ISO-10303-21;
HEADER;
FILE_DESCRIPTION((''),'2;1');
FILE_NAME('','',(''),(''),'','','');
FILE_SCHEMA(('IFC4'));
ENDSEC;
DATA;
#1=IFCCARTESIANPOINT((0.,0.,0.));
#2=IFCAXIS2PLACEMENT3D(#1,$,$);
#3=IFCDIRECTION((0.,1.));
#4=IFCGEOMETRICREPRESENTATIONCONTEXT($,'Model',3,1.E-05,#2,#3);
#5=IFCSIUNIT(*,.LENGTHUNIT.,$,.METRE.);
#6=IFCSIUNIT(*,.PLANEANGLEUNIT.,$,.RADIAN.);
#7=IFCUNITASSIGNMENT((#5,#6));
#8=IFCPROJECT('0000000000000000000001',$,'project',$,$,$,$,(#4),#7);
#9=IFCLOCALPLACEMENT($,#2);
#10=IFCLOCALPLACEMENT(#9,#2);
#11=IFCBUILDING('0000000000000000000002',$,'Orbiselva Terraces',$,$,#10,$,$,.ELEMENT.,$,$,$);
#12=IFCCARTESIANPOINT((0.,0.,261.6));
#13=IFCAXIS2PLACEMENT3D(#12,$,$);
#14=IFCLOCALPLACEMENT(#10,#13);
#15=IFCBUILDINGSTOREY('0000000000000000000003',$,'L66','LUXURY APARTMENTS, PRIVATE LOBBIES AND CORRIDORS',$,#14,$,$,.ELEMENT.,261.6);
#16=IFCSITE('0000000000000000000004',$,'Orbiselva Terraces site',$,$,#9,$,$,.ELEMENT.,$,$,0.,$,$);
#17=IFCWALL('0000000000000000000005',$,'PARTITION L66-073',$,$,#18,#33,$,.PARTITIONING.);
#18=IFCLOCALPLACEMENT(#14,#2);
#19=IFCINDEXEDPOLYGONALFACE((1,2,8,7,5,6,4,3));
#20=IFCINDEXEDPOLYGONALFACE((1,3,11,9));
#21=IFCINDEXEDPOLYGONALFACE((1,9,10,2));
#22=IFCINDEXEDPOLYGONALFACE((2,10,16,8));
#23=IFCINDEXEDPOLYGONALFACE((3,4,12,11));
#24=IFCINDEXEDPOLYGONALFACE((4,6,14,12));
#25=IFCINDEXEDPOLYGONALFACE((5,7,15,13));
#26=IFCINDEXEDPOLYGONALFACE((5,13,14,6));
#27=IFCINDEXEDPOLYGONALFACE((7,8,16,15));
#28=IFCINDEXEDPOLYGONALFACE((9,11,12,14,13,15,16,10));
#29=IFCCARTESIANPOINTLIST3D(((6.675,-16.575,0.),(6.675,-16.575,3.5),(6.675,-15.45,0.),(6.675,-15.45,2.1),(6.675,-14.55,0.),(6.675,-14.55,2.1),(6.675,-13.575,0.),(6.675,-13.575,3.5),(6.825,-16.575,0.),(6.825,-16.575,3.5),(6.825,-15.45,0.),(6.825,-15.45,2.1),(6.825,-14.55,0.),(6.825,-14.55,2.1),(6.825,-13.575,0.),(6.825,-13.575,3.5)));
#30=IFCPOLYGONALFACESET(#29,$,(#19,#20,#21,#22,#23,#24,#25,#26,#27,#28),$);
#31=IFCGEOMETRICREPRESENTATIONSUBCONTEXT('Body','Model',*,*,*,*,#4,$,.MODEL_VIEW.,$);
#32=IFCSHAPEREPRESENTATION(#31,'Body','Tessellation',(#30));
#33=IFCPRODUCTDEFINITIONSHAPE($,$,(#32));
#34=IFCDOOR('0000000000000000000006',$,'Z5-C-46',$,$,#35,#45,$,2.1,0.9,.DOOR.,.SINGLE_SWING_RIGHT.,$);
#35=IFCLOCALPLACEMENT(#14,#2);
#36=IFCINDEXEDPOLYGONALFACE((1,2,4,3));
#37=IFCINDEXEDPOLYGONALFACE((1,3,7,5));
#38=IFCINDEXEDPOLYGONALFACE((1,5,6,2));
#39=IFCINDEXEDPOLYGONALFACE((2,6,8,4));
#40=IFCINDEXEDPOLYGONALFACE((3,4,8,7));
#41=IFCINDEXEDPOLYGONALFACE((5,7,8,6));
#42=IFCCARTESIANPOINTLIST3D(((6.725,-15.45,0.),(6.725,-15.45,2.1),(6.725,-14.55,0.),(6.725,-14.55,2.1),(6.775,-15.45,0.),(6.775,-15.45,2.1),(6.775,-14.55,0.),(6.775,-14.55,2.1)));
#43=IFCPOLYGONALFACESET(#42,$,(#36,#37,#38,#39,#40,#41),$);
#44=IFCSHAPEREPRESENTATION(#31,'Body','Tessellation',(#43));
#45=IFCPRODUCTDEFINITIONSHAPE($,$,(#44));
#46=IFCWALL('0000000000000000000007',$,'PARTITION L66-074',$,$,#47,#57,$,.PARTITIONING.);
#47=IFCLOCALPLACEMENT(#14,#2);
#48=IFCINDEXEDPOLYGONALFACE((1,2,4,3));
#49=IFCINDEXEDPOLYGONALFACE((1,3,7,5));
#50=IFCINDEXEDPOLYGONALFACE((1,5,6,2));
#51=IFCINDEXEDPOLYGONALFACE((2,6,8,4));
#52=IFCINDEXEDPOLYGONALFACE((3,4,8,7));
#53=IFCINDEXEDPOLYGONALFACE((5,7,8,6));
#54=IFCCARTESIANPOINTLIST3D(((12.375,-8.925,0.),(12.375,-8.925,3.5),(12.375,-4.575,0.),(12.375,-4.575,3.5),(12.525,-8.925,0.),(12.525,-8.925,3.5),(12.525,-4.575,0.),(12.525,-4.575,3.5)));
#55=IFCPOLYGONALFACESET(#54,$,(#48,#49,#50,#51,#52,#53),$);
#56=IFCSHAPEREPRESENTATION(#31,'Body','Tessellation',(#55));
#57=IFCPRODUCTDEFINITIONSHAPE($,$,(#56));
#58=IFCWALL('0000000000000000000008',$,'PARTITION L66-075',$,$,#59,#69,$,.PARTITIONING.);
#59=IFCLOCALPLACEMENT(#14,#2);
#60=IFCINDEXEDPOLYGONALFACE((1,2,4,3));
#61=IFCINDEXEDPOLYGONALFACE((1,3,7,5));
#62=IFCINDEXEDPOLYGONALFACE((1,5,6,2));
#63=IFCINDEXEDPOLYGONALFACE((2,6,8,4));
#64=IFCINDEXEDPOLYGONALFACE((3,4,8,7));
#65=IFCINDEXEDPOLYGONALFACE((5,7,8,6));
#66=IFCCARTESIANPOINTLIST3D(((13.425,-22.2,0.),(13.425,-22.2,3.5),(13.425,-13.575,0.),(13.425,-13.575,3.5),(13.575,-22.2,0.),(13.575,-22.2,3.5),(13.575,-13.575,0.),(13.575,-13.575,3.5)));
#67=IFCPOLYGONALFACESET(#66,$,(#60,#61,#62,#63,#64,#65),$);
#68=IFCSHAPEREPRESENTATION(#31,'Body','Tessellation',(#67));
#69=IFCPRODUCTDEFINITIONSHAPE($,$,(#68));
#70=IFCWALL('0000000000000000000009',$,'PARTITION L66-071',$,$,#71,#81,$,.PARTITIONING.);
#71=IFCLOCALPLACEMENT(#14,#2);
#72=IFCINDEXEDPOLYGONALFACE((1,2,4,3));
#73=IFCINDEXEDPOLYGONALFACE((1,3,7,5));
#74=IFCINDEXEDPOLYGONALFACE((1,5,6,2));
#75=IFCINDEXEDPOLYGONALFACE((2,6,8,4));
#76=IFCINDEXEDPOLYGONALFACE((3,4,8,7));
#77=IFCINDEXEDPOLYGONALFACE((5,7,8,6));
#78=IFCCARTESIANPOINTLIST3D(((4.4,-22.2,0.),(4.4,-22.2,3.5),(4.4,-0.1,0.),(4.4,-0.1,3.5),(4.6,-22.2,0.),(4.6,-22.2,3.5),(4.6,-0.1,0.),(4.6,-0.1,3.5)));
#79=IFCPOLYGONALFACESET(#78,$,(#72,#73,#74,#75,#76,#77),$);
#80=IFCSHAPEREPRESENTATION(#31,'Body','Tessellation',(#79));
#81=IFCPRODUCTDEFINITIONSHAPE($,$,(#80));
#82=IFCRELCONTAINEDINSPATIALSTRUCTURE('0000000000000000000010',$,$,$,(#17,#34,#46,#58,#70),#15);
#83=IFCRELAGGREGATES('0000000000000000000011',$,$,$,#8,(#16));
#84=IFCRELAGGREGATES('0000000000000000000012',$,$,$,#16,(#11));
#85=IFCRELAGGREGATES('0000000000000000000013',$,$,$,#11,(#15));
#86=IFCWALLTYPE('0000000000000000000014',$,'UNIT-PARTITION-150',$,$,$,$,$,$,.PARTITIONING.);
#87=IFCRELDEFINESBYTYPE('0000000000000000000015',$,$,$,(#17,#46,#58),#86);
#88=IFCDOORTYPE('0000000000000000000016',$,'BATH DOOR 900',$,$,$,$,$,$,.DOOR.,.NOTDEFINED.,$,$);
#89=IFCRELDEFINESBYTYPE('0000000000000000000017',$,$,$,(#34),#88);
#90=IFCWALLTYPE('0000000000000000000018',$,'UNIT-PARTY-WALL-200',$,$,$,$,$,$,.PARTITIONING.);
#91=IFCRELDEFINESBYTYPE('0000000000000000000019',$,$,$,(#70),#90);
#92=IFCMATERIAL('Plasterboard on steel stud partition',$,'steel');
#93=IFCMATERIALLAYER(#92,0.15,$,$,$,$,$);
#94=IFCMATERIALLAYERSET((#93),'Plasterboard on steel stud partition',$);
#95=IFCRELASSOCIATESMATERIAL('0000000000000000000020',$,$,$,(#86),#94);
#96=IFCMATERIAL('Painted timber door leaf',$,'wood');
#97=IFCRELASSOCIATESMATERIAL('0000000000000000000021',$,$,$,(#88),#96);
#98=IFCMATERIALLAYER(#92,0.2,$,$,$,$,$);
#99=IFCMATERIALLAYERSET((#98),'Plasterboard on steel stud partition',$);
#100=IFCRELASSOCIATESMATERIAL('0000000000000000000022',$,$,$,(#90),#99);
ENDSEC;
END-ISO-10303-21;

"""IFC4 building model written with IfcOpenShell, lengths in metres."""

from ifc_helpers import new_model, si_unit, direction, frame, frame_2d, origin, place, context, subcontext, project, spatial, rectangle, extrude, material, layer, layer_set, type_object, element, fill, save


model = new_model("IFC4")

# Units and contexts
model_context = context("Model", 3, precision=1e-05, world=origin(), true_north=direction((0.0, 1.0)))
body_context = subcontext(model_context, "Body", "Model", "MODEL_VIEW")
ifc_project = project(units=[si_unit("LENGTHUNIT", "METRE"), si_unit("PLANEANGLEUNIT", "RADIAN")], contexts=[model_context])

# Site, building, storey
site_placement = place(None, origin())
site = spatial("IfcSite", under=ifc_project, at=site_placement, Name="Orbiselva Terraces site", CompositionType="ELEMENT", RefElevation=0.0)
building_placement = place(site_placement, origin())
building = spatial("IfcBuilding", under=site, at=building_placement, Name="Orbiselva Terraces", CompositionType="ELEMENT")
storey_placement = place(building_placement, frame((0.0, 0.0, 261.6)))
storey = spatial("IfcBuildingStorey", under=building, at=storey_placement, Name="L66", Description="LUXURY APARTMENTS, PRIVATE LOBBIES AND CORRIDORS", CompositionType="ELEMENT", Elevation=261.6)

# Shared definitions
ifc_material_1 = material(Name="Plasterboard on steel stud partition", Category="steel")
ifc_layer_1 = layer(ifc_material_1, 0.15)
ifc_layer_set_1 = layer_set([ifc_layer_1], Name="Plasterboard on steel stud partition")
wall_type_1 = type_object("IfcWallType", Name="UNIT-PARTITION-150", PredefinedType="PARTITIONING", material=ifc_layer_set_1)
ifc_material_2 = material(Name="Painted timber door leaf", Category="wood")
door_type_1 = type_object("IfcDoorType", Name="BATH DOOR 900", OperationType="NOTDEFINED", PredefinedType="DOOR", material=ifc_material_2)

# Wall, opening, door
wall_1_placement = place(storey_placement, frame((6.75, -16.575, 0.0), z_axis=(0.0, 0.0, 1.0), x_axis=(0.0, 1.0, 0.0)))
wall_1 = element("IfcWall", 1, at=wall_1_placement, inside=storey, type_object=wall_type_1, Name="PARTITION L66-073", PredefinedType="PARTITIONING", context=body_context, shape_type="SweptSolid", body=[
    extrude(rectangle(XDim=3.0, YDim=0.15, at=frame_2d((1.5, 0.0))), origin(), (0.0, 0.0, 1.0), 3.5),
])
opening_1_placement = place(wall_1_placement, frame((1.125, 0.0, 0.0)))
opening_1 = element("IfcOpeningElement", 2, at=opening_1_placement, cuts=wall_1, PredefinedType="OPENING", context=body_context, shape_type="SweptSolid", body=[
    extrude(rectangle(XDim=0.9, YDim=2.1, at=frame_2d((0.45, 1.05))), frame((0.0, 0.085, 0.0), z_axis=(0.0, -1.0, 0.0), x_axis=(1.0, 0.0, 0.0)), (0.0, 0.0, 1.0), 0.17),
])
door_1_placement = place(opening_1_placement, origin())
door_1 = element("IfcDoor", 3, at=door_1_placement, inside=storey, type_object=door_type_1, Name="Z5-C-46", OperationType="SINGLE_SWING_RIGHT", OverallHeight=2.1, OverallWidth=0.9, PredefinedType="DOOR", context=body_context, shape_type="SweptSolid", body=[
    extrude(rectangle(XDim=0.9, YDim=2.1, at=frame_2d((0.45, 1.05))), frame((0.0, 0.025, 0.0), z_axis=(0.0, -1.0, 0.0), x_axis=(1.0, 0.0, 0.0)), (0.0, 0.0, 1.0), 0.05),
])
fill(opening_1, door_1)

# Walls
wall_2_placement = place(storey_placement, frame((12.45, -8.925, 0.0), z_axis=(0.0, 0.0, 1.0), x_axis=(0.0, 1.0, 0.0)))
element("IfcWall", 4, at=wall_2_placement, inside=storey, type_object=wall_type_1, Name="PARTITION L66-074", PredefinedType="PARTITIONING", context=body_context, shape_type="SweptSolid", body=[
    extrude(rectangle(XDim=4.35, YDim=0.15, at=frame_2d((2.175, 0.0))), origin(), (0.0, 0.0, 1.0), 3.5),
])
wall_3_placement = place(storey_placement, frame((13.5, -22.2, 0.0), z_axis=(0.0, 0.0, 1.0), x_axis=(0.0, 1.0, 0.0)))
element("IfcWall", 5, at=wall_3_placement, inside=storey, type_object=wall_type_1, Name="PARTITION L66-075", PredefinedType="PARTITIONING", context=body_context, shape_type="SweptSolid", body=[
    extrude(rectangle(XDim=8.625, YDim=0.15, at=frame_2d((4.3125, 0.0))), origin(), (0.0, 0.0, 1.0), 3.5),
])
ifc_layer_2 = layer(ifc_material_1, 0.2)
ifc_layer_set_2 = layer_set([ifc_layer_2], Name="Plasterboard on steel stud partition")
wall_type_2 = type_object("IfcWallType", Name="UNIT-PARTY-WALL-200", PredefinedType="PARTITIONING", material=ifc_layer_set_2)
wall_4_placement = place(storey_placement, frame((4.5, -22.2, 0.0), z_axis=(0.0, 0.0, 1.0), x_axis=(0.0, 1.0, 0.0)))
element("IfcWall", 6, at=wall_4_placement, inside=storey, type_object=wall_type_2, Name="PARTITION L66-071", PredefinedType="PARTITIONING", context=body_context, shape_type="SweptSolid", body=[
    extrude(rectangle(XDim=22.1, YDim=0.2, at=frame_2d((11.05, 0.0))), origin(), (0.0, 0.0, 1.0), 3.5),
])

save(model, "model.ifc")
